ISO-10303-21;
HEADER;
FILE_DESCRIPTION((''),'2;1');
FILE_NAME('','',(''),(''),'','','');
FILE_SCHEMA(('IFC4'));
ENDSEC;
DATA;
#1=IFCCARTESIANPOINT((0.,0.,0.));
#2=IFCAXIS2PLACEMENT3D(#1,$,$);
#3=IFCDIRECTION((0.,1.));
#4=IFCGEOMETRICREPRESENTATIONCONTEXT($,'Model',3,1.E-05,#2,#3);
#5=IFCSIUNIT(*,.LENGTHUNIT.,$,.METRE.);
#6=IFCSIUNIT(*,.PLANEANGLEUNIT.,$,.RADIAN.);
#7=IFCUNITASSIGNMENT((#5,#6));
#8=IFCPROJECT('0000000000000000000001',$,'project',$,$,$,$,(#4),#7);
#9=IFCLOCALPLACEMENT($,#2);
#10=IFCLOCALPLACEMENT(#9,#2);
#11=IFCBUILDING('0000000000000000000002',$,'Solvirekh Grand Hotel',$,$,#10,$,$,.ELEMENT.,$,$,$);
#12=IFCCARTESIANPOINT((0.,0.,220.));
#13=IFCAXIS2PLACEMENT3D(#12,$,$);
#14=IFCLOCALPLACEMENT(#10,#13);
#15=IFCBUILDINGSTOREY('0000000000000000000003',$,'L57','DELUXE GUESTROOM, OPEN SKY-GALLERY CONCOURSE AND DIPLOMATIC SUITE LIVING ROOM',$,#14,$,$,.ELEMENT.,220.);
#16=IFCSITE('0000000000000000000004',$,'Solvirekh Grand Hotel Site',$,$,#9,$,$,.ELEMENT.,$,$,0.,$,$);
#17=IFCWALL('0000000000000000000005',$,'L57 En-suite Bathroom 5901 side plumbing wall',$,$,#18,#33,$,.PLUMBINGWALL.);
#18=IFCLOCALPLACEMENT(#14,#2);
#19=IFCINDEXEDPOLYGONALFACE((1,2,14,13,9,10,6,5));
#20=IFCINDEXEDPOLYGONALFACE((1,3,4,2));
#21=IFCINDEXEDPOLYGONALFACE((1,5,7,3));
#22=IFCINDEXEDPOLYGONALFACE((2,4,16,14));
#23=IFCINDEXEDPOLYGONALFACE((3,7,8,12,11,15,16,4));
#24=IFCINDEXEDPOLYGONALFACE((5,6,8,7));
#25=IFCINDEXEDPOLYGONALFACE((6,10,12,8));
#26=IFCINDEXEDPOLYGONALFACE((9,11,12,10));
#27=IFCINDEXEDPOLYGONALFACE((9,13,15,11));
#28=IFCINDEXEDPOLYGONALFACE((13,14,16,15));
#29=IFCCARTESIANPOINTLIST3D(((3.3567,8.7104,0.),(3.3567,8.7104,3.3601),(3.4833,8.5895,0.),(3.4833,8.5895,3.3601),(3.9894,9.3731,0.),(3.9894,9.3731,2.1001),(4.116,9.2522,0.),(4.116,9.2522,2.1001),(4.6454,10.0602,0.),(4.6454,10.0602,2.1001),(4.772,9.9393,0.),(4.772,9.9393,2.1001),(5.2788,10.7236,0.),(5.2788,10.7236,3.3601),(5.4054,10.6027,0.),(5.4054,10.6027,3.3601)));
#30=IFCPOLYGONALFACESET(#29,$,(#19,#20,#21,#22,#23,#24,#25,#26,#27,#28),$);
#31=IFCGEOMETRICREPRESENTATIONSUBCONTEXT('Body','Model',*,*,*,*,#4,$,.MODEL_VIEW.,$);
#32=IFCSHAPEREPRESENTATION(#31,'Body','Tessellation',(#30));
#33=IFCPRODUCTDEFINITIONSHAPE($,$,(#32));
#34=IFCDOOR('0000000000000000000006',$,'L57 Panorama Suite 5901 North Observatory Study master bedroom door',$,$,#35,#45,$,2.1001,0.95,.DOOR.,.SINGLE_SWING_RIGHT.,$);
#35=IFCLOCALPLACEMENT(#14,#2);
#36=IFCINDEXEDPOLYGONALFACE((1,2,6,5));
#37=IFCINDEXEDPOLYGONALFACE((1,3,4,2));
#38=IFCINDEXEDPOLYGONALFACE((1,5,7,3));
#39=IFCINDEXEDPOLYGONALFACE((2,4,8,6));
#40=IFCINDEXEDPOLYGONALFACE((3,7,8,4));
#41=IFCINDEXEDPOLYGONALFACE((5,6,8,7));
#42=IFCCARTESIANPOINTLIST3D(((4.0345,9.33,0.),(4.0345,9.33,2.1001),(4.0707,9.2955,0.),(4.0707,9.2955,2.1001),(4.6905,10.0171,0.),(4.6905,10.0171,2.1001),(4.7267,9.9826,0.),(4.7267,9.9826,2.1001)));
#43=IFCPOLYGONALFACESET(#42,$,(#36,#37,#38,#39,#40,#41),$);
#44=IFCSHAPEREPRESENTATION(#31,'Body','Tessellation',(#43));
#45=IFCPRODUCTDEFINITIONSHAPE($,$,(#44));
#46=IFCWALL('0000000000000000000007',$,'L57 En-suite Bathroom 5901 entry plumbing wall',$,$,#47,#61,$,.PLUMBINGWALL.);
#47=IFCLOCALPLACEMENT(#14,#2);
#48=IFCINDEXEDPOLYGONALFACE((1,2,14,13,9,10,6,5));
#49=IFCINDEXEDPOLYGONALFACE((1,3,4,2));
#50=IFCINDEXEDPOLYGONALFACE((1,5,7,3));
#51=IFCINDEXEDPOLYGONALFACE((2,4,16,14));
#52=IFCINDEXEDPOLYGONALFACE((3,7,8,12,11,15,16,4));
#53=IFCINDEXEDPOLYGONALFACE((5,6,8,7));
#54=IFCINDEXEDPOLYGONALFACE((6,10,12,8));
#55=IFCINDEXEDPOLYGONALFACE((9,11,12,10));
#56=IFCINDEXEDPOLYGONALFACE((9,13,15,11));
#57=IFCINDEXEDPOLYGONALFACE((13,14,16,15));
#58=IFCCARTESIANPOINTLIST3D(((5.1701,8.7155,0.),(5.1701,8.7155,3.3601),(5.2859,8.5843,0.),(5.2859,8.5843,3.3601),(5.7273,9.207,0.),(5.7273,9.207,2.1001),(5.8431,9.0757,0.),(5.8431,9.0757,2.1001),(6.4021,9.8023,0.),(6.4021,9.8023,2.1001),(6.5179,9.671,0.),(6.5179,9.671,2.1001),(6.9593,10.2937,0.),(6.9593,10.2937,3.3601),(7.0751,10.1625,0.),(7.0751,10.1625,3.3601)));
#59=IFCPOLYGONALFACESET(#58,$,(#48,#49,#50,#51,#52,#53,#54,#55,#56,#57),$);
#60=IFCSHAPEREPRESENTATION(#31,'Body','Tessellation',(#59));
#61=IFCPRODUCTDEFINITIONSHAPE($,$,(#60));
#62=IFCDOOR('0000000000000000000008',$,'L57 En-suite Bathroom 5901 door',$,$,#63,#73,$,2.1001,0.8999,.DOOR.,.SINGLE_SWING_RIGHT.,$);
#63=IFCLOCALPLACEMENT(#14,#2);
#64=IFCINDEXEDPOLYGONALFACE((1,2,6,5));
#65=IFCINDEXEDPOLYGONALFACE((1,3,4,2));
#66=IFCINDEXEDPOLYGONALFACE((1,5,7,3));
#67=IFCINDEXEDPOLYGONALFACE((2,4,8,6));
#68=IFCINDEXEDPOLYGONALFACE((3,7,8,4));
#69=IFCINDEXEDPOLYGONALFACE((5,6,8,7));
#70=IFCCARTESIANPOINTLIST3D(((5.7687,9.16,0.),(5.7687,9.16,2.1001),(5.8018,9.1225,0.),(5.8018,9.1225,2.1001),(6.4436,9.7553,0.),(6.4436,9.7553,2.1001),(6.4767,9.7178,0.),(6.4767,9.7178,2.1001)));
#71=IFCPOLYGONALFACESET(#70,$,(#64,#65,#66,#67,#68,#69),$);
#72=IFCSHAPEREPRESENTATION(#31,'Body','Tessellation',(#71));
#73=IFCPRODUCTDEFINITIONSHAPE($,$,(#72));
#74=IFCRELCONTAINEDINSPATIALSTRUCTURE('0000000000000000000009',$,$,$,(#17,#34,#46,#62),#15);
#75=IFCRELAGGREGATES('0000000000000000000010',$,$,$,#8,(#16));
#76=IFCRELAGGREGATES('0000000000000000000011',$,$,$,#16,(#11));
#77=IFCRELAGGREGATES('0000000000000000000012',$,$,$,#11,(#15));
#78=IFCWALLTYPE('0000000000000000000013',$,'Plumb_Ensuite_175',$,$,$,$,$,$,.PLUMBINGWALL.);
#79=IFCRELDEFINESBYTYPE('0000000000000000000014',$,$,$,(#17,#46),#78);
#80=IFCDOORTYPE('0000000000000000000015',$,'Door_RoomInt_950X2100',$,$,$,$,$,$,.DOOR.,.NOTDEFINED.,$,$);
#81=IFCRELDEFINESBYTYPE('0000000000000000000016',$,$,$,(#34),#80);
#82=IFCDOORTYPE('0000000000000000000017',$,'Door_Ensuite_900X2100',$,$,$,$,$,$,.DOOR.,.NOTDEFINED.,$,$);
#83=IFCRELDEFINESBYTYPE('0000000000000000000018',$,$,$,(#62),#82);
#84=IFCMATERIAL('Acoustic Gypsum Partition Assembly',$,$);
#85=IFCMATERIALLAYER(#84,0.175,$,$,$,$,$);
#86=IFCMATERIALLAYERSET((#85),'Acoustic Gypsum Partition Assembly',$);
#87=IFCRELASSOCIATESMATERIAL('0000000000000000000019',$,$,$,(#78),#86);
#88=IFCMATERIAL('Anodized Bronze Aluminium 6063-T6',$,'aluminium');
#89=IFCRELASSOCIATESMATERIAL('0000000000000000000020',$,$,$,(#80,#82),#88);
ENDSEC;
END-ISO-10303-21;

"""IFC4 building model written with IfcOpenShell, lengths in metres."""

from ifc_helpers import new_model, si_unit, direction, frame, frame_2d, origin, place, context, subcontext, project, spatial, rectangle, extrude, material, layer, layer_set, type_object, element, fill, save


model = new_model("IFC4")

# Units and contexts
model_context = context("Model", 3, precision=1e-05, world=origin(), true_north=direction((0.0, 1.0)))
body_context = subcontext(model_context, "Body", "Model", "MODEL_VIEW")
ifc_project = project(units=[si_unit("LENGTHUNIT", "METRE"), si_unit("PLANEANGLEUNIT", "RADIAN")], contexts=[model_context])

# Site, building, storey
site_placement = place(None, origin())
site = spatial("IfcSite", under=ifc_project, at=site_placement, Name="Solvirekh Grand Hotel Site", CompositionType="ELEMENT", RefElevation=0.0)
building_placement = place(site_placement, origin())
building = spatial("IfcBuilding", under=site, at=building_placement, Name="Solvirekh Grand Hotel", CompositionType="ELEMENT")
storey_placement = place(building_placement, frame((0.0, 0.0, 220.0)))
storey = spatial("IfcBuildingStorey", under=building, at=storey_placement, Name="L57", Description="DELUXE GUESTROOM, OPEN SKY-GALLERY CONCOURSE AND DIPLOMATIC SUITE LIVING ROOM", CompositionType="ELEMENT", Elevation=220.0)

# Shared definitions
ifc_material_1 = material(Name="Anodized Bronze Aluminium 6063-T6", Category="aluminium")

# Shared definitions
ifc_material_2 = material(Name="Acoustic Gypsum Partition Assembly")
ifc_layer_1 = layer(ifc_material_2, 0.175)
ifc_layer_set_1 = layer_set([ifc_layer_1], Name="Acoustic Gypsum Partition Assembly")
wall_type_1 = type_object("IfcWallType", Name="Plumb_Ensuite_175", PredefinedType="PLUMBINGWALL", material=ifc_layer_set_1)

# Walls, openings, doors
wall_1_placement = place(storey_placement, frame((5.342, 10.6631, 0.0), z_axis=(0.0, 0.0, 1.0), x_axis=(-0.690559, -0.723276, 0.0)))
wall_1 = element("IfcWall", 1, at=wall_1_placement, inside=storey, type_object=wall_type_1, Name="L57 En-suite Bathroom 5901 side plumbing wall", PredefinedType="PLUMBINGWALL", context=body_context, shape_type="SweptSolid", body=[
    extrude(rectangle(XDim=2.7834, YDim=0.175, at=frame_2d((1.3916, 0.0))), origin(), (0.0, 0.0, 1.0), 3.3601),
])
opening_1_placement = place(wall_1_placement, frame((0.917, 0.0, 0.0)))
opening_1 = element("IfcOpeningElement", 2, at=opening_1_placement, cuts=wall_1, PredefinedType="OPENING", context=body_context, shape_type="SweptSolid", body=[
    extrude(rectangle(XDim=0.95, YDim=2.1001, at=frame_2d((0.4751, 1.05))), frame((0.0, 0.0977, 0.0), z_axis=(0.0, -1.0, 0.0), x_axis=(1.0, 0.0, 0.0)), (0.0, 0.0, 1.0), 0.1951),
])
door_type_1 = type_object("IfcDoorType", Name="Door_RoomInt_950X2100", OperationType="NOTDEFINED", PredefinedType="DOOR", material=ifc_material_1)
door_1_placement = place(opening_1_placement, origin())
door_1 = element("IfcDoor", 3, at=door_1_placement, inside=storey, type_object=door_type_1, Name="L57 Panorama Suite 5901 North Observatory Study master bedroom door", OperationType="SINGLE_SWING_RIGHT", OverallHeight=2.1001, OverallWidth=0.95, PredefinedType="DOOR", context=body_context, shape_type="SweptSolid", body=[
    extrude(rectangle(XDim=0.95, YDim=2.1001, at=frame_2d((0.4751, 1.05))), frame((0.0, 0.0249, 0.0), z_axis=(0.0, -1.0, 0.0), x_axis=(1.0, 0.0, 0.0)), (0.0, 0.0, 1.0), 0.05),
])
fill(opening_1, door_1)
wall_2_placement = place(storey_placement, frame((5.228, 8.6499, 0.0), z_axis=(0.0, 0.0, 1.0), x_axis=(0.749933, 0.661513, 0.0)))
wall_2 = element("IfcWall", 4, at=wall_2_placement, inside=storey, type_object=wall_type_1, Name="L57 En-suite Bathroom 5901 entry plumbing wall", PredefinedType="PLUMBINGWALL", context=body_context, shape_type="SweptSolid", body=[
    extrude(rectangle(XDim=2.3857, YDim=0.175, at=frame_2d((1.1929, 0.0))), origin(), (0.0, 0.0, 1.0), 3.3601),
])
opening_2_placement = place(wall_2_placement, frame((0.7429, 0.0, 0.0)))
opening_2 = element("IfcOpeningElement", 5, at=opening_2_placement, cuts=wall_2, PredefinedType="OPENING", context=body_context, shape_type="SweptSolid", body=[
    extrude(rectangle(XDim=0.8999, YDim=2.1001, at=frame_2d((0.45, 1.05))), frame((0.0, 0.0977, 0.0), z_axis=(0.0, -1.0, 0.0), x_axis=(1.0, 0.0, 0.0)), (0.0, 0.0, 1.0), 0.1951),
])
door_type_2 = type_object("IfcDoorType", Name="Door_Ensuite_900X2100", OperationType="NOTDEFINED", PredefinedType="DOOR", material=ifc_material_1)
door_2_placement = place(opening_2_placement, origin())
door_2 = element("IfcDoor", 6, at=door_2_placement, inside=storey, type_object=door_type_2, Name="L57 En-suite Bathroom 5901 door", OperationType="SINGLE_SWING_RIGHT", OverallHeight=2.1001, OverallWidth=0.8999, PredefinedType="DOOR", context=body_context, shape_type="SweptSolid", body=[
    extrude(rectangle(XDim=0.8999, YDim=2.1001, at=frame_2d((0.45, 1.05))), frame((0.0, 0.0249, 0.0), z_axis=(0.0, -1.0, 0.0), x_axis=(1.0, 0.0, 0.0)), (0.0, 0.0, 1.0), 0.05),
])
fill(opening_2, door_2)

save(model, "model.ifc")
